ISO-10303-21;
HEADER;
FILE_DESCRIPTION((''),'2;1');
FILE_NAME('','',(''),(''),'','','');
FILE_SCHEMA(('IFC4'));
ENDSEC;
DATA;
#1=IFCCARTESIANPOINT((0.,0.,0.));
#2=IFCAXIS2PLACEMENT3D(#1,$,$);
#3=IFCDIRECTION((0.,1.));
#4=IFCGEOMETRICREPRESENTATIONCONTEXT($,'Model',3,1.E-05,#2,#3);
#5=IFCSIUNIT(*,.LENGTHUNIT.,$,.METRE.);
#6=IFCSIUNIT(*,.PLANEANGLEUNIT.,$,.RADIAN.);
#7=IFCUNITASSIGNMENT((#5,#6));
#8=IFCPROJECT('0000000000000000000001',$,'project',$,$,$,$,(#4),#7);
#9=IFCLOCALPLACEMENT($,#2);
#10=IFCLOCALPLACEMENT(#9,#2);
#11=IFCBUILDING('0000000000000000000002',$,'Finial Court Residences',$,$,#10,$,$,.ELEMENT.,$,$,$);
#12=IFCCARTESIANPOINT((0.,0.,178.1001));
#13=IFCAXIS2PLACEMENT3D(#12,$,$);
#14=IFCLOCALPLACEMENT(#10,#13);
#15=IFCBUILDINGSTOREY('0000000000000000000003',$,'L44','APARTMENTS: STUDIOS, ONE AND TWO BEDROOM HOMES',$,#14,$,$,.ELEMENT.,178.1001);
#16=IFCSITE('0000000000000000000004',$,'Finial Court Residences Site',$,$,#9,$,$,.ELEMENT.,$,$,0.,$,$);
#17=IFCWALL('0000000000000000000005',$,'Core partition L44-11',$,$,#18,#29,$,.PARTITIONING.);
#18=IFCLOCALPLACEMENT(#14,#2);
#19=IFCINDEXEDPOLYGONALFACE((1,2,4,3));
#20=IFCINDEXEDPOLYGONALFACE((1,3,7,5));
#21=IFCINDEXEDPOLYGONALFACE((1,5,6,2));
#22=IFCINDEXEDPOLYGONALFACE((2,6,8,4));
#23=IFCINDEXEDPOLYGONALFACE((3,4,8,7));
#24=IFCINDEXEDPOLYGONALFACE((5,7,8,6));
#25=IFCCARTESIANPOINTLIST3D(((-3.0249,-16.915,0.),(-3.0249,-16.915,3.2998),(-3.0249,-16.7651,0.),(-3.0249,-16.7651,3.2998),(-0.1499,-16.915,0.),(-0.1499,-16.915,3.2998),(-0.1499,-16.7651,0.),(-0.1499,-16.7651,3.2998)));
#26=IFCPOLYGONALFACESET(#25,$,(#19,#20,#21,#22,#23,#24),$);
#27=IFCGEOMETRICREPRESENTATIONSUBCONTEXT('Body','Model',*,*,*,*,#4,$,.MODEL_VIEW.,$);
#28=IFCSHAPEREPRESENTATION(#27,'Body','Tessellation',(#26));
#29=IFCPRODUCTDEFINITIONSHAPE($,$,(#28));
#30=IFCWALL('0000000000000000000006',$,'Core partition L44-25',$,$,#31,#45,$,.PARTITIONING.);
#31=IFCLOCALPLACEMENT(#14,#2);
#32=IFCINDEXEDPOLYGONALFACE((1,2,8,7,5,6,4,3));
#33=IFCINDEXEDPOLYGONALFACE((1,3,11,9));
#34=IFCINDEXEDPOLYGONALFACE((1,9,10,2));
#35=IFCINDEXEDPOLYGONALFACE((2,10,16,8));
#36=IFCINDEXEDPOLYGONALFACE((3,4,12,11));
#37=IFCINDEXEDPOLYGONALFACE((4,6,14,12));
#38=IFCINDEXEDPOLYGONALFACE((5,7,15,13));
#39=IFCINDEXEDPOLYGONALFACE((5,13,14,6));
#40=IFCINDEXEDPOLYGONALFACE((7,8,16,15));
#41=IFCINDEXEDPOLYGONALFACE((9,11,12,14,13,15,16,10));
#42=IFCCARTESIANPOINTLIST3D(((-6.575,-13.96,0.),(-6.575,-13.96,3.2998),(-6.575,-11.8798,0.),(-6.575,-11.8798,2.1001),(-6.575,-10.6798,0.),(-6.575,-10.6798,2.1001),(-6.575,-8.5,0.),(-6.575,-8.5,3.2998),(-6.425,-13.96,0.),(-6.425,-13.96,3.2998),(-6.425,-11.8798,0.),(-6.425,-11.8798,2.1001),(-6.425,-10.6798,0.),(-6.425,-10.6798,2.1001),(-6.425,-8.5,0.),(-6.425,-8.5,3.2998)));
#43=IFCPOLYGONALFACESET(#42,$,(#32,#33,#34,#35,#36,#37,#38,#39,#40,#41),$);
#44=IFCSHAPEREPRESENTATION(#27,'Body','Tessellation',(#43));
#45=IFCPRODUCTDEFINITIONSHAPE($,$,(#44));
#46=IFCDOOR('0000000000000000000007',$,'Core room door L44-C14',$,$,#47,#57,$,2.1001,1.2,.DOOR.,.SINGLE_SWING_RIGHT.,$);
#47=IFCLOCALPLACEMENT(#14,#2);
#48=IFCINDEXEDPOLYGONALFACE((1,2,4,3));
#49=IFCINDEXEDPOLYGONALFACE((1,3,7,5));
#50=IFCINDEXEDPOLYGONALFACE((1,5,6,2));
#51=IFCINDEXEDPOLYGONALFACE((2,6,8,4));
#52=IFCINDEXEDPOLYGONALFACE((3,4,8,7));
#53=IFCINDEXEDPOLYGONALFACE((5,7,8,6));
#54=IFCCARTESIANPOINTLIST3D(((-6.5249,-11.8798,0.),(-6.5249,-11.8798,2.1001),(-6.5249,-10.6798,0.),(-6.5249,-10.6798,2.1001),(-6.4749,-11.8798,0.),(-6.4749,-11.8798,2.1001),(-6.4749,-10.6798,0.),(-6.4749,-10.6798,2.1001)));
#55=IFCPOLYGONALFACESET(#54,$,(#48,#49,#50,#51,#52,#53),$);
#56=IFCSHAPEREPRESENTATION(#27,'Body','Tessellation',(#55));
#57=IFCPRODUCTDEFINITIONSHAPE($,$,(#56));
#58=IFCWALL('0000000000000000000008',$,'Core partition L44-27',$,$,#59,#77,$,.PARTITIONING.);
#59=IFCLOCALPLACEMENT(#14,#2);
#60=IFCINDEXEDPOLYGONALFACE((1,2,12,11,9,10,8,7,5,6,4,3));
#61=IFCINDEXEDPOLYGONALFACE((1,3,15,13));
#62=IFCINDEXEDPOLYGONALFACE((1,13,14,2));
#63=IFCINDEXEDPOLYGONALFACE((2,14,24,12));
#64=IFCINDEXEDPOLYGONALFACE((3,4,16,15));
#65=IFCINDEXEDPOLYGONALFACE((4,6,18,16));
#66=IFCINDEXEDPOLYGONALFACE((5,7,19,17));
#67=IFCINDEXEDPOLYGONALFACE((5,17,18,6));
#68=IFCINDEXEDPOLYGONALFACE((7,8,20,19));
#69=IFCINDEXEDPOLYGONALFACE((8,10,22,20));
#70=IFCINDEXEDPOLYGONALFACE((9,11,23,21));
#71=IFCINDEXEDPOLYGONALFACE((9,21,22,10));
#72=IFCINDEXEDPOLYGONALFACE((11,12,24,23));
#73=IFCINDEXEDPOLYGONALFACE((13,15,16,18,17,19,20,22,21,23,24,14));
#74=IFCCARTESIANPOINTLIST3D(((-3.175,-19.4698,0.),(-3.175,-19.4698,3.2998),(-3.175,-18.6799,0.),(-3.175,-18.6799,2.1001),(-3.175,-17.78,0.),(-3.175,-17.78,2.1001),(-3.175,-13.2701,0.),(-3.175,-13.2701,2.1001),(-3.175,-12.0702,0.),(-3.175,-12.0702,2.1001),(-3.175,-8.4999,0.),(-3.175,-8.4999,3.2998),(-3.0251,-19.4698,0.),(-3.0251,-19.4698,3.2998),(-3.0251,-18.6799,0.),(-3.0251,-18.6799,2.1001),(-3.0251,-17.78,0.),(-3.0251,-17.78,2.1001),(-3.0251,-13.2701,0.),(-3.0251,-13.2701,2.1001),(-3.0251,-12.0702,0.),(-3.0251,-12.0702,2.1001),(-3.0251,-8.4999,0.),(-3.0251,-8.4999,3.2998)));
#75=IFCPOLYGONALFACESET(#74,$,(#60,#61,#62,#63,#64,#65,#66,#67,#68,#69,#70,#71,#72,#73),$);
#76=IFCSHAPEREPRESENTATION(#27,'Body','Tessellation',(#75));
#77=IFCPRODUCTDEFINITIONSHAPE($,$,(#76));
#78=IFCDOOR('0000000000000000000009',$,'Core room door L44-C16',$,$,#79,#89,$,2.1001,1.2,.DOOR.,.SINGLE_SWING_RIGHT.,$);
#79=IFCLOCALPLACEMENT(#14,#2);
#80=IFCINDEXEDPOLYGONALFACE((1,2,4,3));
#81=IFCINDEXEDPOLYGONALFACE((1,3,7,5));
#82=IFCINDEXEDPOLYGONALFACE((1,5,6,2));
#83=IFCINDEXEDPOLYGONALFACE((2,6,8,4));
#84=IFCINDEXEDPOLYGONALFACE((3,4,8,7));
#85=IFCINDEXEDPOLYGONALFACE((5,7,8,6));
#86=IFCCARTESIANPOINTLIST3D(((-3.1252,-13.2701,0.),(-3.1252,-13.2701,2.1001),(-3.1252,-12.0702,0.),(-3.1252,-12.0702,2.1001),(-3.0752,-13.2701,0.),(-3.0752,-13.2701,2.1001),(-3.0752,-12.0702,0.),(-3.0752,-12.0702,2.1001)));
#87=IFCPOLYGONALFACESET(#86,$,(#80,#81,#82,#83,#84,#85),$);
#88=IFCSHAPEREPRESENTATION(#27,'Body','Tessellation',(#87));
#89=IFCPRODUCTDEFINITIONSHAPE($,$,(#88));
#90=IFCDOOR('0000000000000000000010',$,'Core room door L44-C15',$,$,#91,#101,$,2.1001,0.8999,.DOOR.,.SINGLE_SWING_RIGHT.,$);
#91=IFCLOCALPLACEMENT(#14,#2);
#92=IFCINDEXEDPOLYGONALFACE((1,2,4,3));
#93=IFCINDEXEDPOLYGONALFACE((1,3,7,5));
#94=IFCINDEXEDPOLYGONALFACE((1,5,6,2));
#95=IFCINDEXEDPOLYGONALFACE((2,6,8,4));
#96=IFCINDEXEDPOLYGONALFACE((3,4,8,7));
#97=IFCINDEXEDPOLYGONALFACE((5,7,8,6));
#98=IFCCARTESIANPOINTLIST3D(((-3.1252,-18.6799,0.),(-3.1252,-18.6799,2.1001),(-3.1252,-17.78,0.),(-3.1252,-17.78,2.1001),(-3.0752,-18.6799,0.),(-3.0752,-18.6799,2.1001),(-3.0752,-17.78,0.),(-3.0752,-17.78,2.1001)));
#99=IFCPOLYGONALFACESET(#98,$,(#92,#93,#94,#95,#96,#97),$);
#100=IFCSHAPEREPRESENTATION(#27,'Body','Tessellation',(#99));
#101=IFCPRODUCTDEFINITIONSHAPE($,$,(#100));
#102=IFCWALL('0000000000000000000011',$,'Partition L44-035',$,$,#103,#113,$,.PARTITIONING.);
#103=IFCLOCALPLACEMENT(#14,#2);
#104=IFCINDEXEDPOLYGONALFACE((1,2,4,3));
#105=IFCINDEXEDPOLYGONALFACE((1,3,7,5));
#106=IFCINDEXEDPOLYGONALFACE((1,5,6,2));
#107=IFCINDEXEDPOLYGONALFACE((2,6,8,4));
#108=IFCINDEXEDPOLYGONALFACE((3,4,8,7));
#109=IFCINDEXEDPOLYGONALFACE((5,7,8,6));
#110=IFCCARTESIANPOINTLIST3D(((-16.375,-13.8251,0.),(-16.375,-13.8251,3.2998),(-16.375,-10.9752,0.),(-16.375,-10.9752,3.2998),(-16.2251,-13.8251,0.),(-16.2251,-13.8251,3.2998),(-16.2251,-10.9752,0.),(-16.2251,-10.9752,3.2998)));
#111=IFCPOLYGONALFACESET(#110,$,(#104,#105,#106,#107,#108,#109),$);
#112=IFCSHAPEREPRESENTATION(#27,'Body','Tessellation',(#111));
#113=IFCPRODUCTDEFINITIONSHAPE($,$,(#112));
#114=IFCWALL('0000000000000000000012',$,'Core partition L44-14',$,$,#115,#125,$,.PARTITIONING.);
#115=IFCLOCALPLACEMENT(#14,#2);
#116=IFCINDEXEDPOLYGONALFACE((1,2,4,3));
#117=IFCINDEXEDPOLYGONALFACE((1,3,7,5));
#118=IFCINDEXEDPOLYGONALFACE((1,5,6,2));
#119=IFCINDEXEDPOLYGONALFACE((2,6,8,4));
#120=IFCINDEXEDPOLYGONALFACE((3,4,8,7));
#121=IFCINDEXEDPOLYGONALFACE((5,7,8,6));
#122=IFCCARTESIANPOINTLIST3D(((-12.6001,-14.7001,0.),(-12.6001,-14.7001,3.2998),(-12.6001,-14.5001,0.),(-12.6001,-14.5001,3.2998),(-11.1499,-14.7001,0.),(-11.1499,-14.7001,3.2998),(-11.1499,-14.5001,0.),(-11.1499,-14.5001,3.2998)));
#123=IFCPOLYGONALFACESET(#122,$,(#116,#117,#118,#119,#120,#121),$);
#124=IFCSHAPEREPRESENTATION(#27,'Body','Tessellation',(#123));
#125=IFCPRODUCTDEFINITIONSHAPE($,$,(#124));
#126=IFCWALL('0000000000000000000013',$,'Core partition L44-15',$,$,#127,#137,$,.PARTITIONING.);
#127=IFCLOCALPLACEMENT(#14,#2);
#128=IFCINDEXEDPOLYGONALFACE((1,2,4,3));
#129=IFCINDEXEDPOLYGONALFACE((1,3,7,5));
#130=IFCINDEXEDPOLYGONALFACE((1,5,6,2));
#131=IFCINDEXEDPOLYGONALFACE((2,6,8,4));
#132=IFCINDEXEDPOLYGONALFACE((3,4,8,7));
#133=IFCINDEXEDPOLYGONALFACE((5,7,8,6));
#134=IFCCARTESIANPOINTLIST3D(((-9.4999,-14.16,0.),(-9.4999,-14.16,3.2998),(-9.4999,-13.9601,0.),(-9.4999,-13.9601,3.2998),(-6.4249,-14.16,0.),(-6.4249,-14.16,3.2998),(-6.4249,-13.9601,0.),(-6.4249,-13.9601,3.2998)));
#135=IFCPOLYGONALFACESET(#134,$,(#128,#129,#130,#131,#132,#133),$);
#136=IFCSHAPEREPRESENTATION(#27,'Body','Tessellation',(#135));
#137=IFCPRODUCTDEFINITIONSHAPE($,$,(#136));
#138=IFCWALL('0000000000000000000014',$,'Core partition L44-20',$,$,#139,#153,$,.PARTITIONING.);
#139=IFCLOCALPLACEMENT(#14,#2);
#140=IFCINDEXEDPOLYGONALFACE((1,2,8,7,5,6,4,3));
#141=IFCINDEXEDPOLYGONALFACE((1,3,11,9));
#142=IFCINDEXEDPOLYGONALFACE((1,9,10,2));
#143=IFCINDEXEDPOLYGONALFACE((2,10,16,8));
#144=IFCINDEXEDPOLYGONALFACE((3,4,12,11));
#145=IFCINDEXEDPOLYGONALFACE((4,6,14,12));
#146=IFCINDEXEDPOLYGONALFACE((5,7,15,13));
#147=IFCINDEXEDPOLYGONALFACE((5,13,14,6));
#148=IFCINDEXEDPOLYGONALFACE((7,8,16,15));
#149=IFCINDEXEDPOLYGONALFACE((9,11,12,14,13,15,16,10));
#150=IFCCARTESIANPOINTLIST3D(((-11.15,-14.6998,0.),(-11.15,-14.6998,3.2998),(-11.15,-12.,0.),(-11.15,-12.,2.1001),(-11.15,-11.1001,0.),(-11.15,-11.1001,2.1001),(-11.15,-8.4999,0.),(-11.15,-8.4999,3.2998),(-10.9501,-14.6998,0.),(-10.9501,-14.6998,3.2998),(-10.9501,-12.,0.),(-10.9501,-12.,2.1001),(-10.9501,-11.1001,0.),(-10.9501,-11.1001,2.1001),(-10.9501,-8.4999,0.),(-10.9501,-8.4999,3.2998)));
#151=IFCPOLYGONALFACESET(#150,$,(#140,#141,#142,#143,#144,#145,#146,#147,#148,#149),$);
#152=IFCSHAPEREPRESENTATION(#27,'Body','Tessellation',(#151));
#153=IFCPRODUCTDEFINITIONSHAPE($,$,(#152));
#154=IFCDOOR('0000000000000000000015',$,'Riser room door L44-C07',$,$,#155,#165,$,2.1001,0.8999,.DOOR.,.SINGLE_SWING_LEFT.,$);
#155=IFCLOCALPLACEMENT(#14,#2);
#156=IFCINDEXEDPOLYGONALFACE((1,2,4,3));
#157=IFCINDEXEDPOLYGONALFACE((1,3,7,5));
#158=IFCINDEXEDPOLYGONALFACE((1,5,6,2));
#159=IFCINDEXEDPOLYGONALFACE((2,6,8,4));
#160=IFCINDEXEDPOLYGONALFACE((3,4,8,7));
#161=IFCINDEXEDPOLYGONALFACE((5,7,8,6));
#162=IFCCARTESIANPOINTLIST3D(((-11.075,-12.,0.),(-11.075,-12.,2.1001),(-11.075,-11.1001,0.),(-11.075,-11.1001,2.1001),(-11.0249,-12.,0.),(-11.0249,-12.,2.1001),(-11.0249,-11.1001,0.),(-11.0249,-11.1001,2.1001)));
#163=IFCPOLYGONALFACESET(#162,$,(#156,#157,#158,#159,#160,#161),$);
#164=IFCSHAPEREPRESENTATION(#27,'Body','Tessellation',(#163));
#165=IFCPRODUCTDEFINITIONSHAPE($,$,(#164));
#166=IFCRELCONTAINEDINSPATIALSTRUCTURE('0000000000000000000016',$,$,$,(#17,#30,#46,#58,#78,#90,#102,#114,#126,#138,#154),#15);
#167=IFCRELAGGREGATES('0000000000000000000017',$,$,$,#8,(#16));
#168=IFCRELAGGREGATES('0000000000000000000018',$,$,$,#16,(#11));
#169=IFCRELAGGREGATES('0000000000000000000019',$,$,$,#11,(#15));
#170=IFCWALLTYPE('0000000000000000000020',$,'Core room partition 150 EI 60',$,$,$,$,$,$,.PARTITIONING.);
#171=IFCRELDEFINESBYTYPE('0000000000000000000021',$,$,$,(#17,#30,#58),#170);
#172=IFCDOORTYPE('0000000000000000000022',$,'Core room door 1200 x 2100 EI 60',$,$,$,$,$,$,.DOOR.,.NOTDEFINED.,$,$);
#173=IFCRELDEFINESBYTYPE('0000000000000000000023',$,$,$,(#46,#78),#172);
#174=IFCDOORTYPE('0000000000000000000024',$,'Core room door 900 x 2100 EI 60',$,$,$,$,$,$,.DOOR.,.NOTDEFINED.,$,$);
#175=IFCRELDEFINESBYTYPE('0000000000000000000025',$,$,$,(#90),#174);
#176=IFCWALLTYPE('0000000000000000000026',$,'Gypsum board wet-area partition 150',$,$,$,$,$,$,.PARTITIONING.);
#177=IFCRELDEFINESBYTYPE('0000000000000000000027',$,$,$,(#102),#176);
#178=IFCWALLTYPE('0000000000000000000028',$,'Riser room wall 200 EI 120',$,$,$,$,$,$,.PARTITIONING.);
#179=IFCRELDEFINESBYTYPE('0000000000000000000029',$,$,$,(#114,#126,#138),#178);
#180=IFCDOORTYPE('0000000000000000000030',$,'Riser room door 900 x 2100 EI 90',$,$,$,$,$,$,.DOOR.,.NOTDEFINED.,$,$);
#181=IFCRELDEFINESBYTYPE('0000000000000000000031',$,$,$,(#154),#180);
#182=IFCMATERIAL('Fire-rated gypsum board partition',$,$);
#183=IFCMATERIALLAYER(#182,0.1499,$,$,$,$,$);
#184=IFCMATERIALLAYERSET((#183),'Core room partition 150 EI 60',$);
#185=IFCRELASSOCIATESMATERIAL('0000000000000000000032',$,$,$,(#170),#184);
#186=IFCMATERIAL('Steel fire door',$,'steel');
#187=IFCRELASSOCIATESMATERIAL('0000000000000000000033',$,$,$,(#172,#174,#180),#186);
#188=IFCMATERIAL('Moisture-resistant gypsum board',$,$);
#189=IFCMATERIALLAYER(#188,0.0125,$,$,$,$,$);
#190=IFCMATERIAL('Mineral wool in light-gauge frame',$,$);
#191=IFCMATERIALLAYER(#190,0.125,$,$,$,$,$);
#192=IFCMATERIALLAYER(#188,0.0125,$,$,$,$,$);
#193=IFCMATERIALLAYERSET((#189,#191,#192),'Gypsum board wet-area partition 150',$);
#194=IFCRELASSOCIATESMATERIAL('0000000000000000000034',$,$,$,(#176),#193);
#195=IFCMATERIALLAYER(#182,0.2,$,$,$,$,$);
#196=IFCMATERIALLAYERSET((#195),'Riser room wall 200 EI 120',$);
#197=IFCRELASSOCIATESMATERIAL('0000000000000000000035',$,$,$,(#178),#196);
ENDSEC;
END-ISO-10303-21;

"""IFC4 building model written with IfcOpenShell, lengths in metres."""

from ifc_helpers import new_model, si_unit, direction, frame, frame_2d, origin, place, context, subcontext, project, spatial, rectangle, extrude, material, layer, layer_set, type_object, element, fill, save


model = new_model("IFC4")

# Units and contexts
model_context = context("Model", 3, precision=1e-05, world=origin(), true_north=direction((0.0, 1.0)))
body_context = subcontext(model_context, "Body", "Model", "MODEL_VIEW")
ifc_project = project(units=[si_unit("LENGTHUNIT", "METRE"), si_unit("PLANEANGLEUNIT", "RADIAN")], contexts=[model_context])

# Site, building, storey
site_placement = place(None, origin())
site = spatial("IfcSite", under=ifc_project, at=site_placement, Name="Finial Court Residences Site", CompositionType="ELEMENT", RefElevation=0.0)
building_placement = place(site_placement, origin())
building = spatial("IfcBuilding", under=site, at=building_placement, Name="Finial Court Residences", CompositionType="ELEMENT")
storey_placement = place(building_placement, frame((0.0, 0.0, 178.1001)))
storey = spatial("IfcBuildingStorey", under=building, at=storey_placement, Name="L44", Description="APARTMENTS: STUDIOS, ONE AND TWO BEDROOM HOMES", CompositionType="ELEMENT", Elevation=178.1001)

# Wall
ifc_material_1 = material(Name="Fire-rated gypsum board partition")
ifc_layer_1 = layer(ifc_material_1, 0.1499)
ifc_layer_set_1 = layer_set([ifc_layer_1], Name="Core room partition 150 EI 60")
wall_type_1 = type_object("IfcWallType", Name="Core room partition 150 EI 60", PredefinedType="PARTITIONING", material=ifc_layer_set_1)
wall_1_placement = place(storey_placement, frame((-3.0249, -16.8401, 0.0), z_axis=(0.0, 0.0, 1.0), x_axis=(1.0, 0.0, 0.0)))
element("IfcWall", 1, at=wall_1_placement, inside=storey, type_object=wall_type_1, Name="Core partition L44-11", PredefinedType="PARTITIONING", context=body_context, shape_type="SweptSolid", body=[
    extrude(rectangle(XDim=2.875, YDim=0.1499, at=frame_2d((1.4375, 0.0))), origin(), (0.0, 0.0, 1.0), 3.2998),
])

# Wall, opening, door
wall_2_placement = place(storey_placement, frame((-6.5, -13.96, 0.0), z_axis=(0.0, 0.0, 1.0), x_axis=(0.0, 1.0, 0.0)))
wall_2 = element("IfcWall", 2, at=wall_2_placement, inside=storey, type_object=wall_type_1, Name="Core partition L44-25", PredefinedType="PARTITIONING", context=body_context, shape_type="SweptSolid", body=[
    extrude(rectangle(XDim=5.46, YDim=0.1499, at=frame_2d((2.73, 0.0))), origin(), (0.0, 0.0, 1.0), 3.2998),
])
opening_1_placement = place(wall_2_placement, frame((2.0801, 0.0, 0.0)))
opening_1 = element("IfcOpeningElement", 3, at=opening_1_placement, cuts=wall_2, PredefinedType="OPENING", context=body_context, shape_type="SweptSolid", body=[
    extrude(rectangle(XDim=1.2, YDim=2.1001, at=frame_2d((0.6001, 1.05))), frame((0.0, 0.085, 0.0), z_axis=(0.0, -1.0, 0.0), x_axis=(1.0, 0.0, 0.0)), (0.0, 0.0, 1.0), 0.1699),
])
ifc_material_2 = material(Name="Steel fire door", Category="steel")
door_type_1 = type_object("IfcDoorType", Name="Core room door 1200 x 2100 EI 60", OperationType="NOTDEFINED", PredefinedType="DOOR", material=ifc_material_2)
door_1_placement = place(opening_1_placement, origin())
door_1 = element("IfcDoor", 4, at=door_1_placement, inside=storey, type_object=door_type_1, Name="Core room door L44-C14", OperationType="SINGLE_SWING_RIGHT", OverallHeight=2.1001, OverallWidth=1.2, PredefinedType="DOOR", context=body_context, shape_type="SweptSolid", body=[
    extrude(rectangle(XDim=1.2, YDim=2.1001, at=frame_2d((0.6001, 1.05))), frame((0.0, 0.0249, 0.0), z_axis=(0.0, -1.0, 0.0), x_axis=(1.0, 0.0, 0.0)), (0.0, 0.0, 1.0), 0.05),
])
fill(opening_1, door_1)

# Wall, openings, doors
wall_3_placement = place(storey_placement, frame((-3.1001, -8.5, 0.0), z_axis=(0.0, 0.0, 1.0), x_axis=(0.0, -1.0, 0.0)))
wall_3 = element("IfcWall", 5, at=wall_3_placement, inside=storey, type_object=wall_type_1, Name="Core partition L44-27", PredefinedType="PARTITIONING", context=body_context, shape_type="SweptSolid", body=[
    extrude(rectangle(XDim=10.97, YDim=0.1499, at=frame_2d((5.4849, 0.0))), origin(), (0.0, 0.0, 1.0), 3.2998),
])
opening_2_placement = place(wall_3_placement, frame((9.28, 0.0, 0.0)))
opening_2 = element("IfcOpeningElement", 6, at=opening_2_placement, cuts=wall_3, PredefinedType="OPENING", context=body_context, shape_type="SweptSolid", body=[
    extrude(rectangle(XDim=0.8999, YDim=2.1001, at=frame_2d((0.45, 1.05))), frame((0.0, 0.085, 0.0), z_axis=(0.0, -1.0, 0.0), x_axis=(1.0, 0.0, 0.0)), (0.0, 0.0, 1.0), 0.1699),
])
opening_3_placement = place(wall_3_placement, frame((3.5701, 0.0, 0.0)))
opening_3 = element("IfcOpeningElement", 7, at=opening_3_placement, cuts=wall_3, PredefinedType="OPENING", context=body_context, shape_type="SweptSolid", body=[
    extrude(rectangle(XDim=1.2, YDim=2.1001, at=frame_2d((0.6001, 1.05))), frame((0.0, 0.085, 0.0), z_axis=(0.0, -1.0, 0.0), x_axis=(1.0, 0.0, 0.0)), (0.0, 0.0, 1.0), 0.1699),
])
door_2_placement = place(opening_3_placement, origin())
door_2 = element("IfcDoor", 8, at=door_2_placement, inside=storey, type_object=door_type_1, Name="Core room door L44-C16", OperationType="SINGLE_SWING_RIGHT", OverallHeight=2.1001, OverallWidth=1.2, PredefinedType="DOOR", context=body_context, shape_type="SweptSolid", body=[
    extrude(rectangle(XDim=1.2, YDim=2.1001, at=frame_2d((0.6001, 1.05))), frame((0.0, 0.0249, 0.0), z_axis=(0.0, -1.0, 0.0), x_axis=(1.0, 0.0, 0.0)), (0.0, 0.0, 1.0), 0.05),
])
fill(opening_3, door_2)
door_type_2 = type_object("IfcDoorType", Name="Core room door 900 x 2100 EI 60", OperationType="NOTDEFINED", PredefinedType="DOOR", material=ifc_material_2)
door_3_placement = place(opening_2_placement, origin())
door_3 = element("IfcDoor", 9, at=door_3_placement, inside=storey, type_object=door_type_2, Name="Core room door L44-C15", OperationType="SINGLE_SWING_RIGHT", OverallHeight=2.1001, OverallWidth=0.8999, PredefinedType="DOOR", context=body_context, shape_type="SweptSolid", body=[
    extrude(rectangle(XDim=0.8999, YDim=2.1001, at=frame_2d((0.45, 1.05))), frame((0.0, 0.0249, 0.0), z_axis=(0.0, -1.0, 0.0), x_axis=(1.0, 0.0, 0.0)), (0.0, 0.0, 1.0), 0.05),
])
fill(opening_2, door_3)

# Walls
ifc_material_3 = material(Name="Moisture-resistant gypsum board")
ifc_layer_2 = layer(ifc_material_3, 0.0125)
ifc_material_4 = material(Name="Mineral wool in light-gauge frame")
ifc_layer_3 = layer(ifc_material_4, 0.125)
ifc_layer_4 = layer(ifc_material_3, 0.0125)
ifc_layer_set_2 = layer_set([ifc_layer_2, ifc_layer_3, ifc_layer_4], Name="Gypsum board wet-area partition 150")
wall_type_2 = type_object("IfcWallType", Name="Gypsum board wet-area partition 150", PredefinedType="PARTITIONING", material=ifc_layer_set_2)
wall_4_placement = place(storey_placement, frame((-16.3, -13.825, 0.0), z_axis=(0.0, 0.0, 1.0), x_axis=(0.0, 1.0, 0.0)))
element("IfcWall", 10, at=wall_4_placement, inside=storey, type_object=wall_type_2, Name="Partition L44-035", PredefinedType="PARTITIONING", context=body_context, shape_type="SweptSolid", body=[
    extrude(rectangle(XDim=2.8499, YDim=0.1499, at=frame_2d((1.4248, 0.0))), origin(), (0.0, 0.0, 1.0), 3.2998),
])
ifc_layer_5 = layer(ifc_material_1, 0.2)
ifc_layer_set_3 = layer_set([ifc_layer_5], Name="Riser room wall 200 EI 120")
wall_type_3 = type_object("IfcWallType", Name="Riser room wall 200 EI 120", PredefinedType="PARTITIONING", material=ifc_layer_set_3)
wall_5_placement = place(storey_placement, frame((-12.6001, -14.6001, 0.0), z_axis=(0.0, 0.0, 1.0), x_axis=(1.0, 0.0, 0.0)))
element("IfcWall", 11, at=wall_5_placement, inside=storey, type_object=wall_type_3, Name="Core partition L44-14", PredefinedType="PARTITIONING", context=body_context, shape_type="SweptSolid", body=[
    extrude(rectangle(XDim=1.4502, YDim=0.2, at=frame_2d((0.7251, 0.0))), origin(), (0.0, 0.0, 1.0), 3.2998),
])
wall_6_placement = place(storey_placement, frame((-9.5, -14.0601, 0.0), z_axis=(0.0, 0.0, 1.0), x_axis=(1.0, 0.0, 0.0)))
element("IfcWall", 12, at=wall_6_placement, inside=storey, type_object=wall_type_3, Name="Core partition L44-15", PredefinedType="PARTITIONING", context=body_context, shape_type="SweptSolid", body=[
    extrude(rectangle(XDim=3.075, YDim=0.2, at=frame_2d((1.5376, 0.0))), origin(), (0.0, 0.0, 1.0), 3.2998),
])

# Wall, opening, door
wall_7_placement = place(storey_placement, frame((-11.05, -14.7, 0.0), z_axis=(0.0, 0.0, 1.0), x_axis=(0.0, 1.0, 0.0)))
wall_7 = element("IfcWall", 13, at=wall_7_placement, inside=storey, type_object=wall_type_3, Name="Core partition L44-20", PredefinedType="PARTITIONING", context=body_context, shape_type="SweptSolid", body=[
    extrude(rectangle(XDim=6.2, YDim=0.2, at=frame_2d((3.1001, 0.0))), origin(), (0.0, 0.0, 1.0), 3.2998),
])
opening_4_placement = place(wall_7_placement, frame((2.7, 0.0, 0.0)))
opening_4 = element("IfcOpeningElement", 14, at=opening_4_placement, cuts=wall_7, PredefinedType="OPENING", context=body_context, shape_type="SweptSolid", body=[
    extrude(rectangle(XDim=0.8999, YDim=2.1001, at=frame_2d((0.45, 1.05))), frame((0.0, 0.1099, 0.0), z_axis=(0.0, -1.0, 0.0), x_axis=(1.0, 0.0, 0.0)), (0.0, 0.0, 1.0), 0.22),
])
door_type_3 = type_object("IfcDoorType", Name="Riser room door 900 x 2100 EI 90", OperationType="NOTDEFINED", PredefinedType="DOOR", material=ifc_material_2)
door_4_placement = place(opening_4_placement, origin())
door_4 = element("IfcDoor", 15, at=door_4_placement, inside=storey, type_object=door_type_3, Name="Riser room door L44-C07", OperationType="SINGLE_SWING_LEFT", OverallHeight=2.1001, OverallWidth=0.8999, PredefinedType="DOOR", context=body_context, shape_type="SweptSolid", body=[
    extrude(rectangle(XDim=0.8999, YDim=2.1001, at=frame_2d((0.45, 1.05))), frame((0.0, 0.0249, 0.0), z_axis=(0.0, -1.0, 0.0), x_axis=(1.0, 0.0, 0.0)), (0.0, 0.0, 1.0), 0.05),
])
fill(opening_4, door_4)

save(model, "model.ifc")
